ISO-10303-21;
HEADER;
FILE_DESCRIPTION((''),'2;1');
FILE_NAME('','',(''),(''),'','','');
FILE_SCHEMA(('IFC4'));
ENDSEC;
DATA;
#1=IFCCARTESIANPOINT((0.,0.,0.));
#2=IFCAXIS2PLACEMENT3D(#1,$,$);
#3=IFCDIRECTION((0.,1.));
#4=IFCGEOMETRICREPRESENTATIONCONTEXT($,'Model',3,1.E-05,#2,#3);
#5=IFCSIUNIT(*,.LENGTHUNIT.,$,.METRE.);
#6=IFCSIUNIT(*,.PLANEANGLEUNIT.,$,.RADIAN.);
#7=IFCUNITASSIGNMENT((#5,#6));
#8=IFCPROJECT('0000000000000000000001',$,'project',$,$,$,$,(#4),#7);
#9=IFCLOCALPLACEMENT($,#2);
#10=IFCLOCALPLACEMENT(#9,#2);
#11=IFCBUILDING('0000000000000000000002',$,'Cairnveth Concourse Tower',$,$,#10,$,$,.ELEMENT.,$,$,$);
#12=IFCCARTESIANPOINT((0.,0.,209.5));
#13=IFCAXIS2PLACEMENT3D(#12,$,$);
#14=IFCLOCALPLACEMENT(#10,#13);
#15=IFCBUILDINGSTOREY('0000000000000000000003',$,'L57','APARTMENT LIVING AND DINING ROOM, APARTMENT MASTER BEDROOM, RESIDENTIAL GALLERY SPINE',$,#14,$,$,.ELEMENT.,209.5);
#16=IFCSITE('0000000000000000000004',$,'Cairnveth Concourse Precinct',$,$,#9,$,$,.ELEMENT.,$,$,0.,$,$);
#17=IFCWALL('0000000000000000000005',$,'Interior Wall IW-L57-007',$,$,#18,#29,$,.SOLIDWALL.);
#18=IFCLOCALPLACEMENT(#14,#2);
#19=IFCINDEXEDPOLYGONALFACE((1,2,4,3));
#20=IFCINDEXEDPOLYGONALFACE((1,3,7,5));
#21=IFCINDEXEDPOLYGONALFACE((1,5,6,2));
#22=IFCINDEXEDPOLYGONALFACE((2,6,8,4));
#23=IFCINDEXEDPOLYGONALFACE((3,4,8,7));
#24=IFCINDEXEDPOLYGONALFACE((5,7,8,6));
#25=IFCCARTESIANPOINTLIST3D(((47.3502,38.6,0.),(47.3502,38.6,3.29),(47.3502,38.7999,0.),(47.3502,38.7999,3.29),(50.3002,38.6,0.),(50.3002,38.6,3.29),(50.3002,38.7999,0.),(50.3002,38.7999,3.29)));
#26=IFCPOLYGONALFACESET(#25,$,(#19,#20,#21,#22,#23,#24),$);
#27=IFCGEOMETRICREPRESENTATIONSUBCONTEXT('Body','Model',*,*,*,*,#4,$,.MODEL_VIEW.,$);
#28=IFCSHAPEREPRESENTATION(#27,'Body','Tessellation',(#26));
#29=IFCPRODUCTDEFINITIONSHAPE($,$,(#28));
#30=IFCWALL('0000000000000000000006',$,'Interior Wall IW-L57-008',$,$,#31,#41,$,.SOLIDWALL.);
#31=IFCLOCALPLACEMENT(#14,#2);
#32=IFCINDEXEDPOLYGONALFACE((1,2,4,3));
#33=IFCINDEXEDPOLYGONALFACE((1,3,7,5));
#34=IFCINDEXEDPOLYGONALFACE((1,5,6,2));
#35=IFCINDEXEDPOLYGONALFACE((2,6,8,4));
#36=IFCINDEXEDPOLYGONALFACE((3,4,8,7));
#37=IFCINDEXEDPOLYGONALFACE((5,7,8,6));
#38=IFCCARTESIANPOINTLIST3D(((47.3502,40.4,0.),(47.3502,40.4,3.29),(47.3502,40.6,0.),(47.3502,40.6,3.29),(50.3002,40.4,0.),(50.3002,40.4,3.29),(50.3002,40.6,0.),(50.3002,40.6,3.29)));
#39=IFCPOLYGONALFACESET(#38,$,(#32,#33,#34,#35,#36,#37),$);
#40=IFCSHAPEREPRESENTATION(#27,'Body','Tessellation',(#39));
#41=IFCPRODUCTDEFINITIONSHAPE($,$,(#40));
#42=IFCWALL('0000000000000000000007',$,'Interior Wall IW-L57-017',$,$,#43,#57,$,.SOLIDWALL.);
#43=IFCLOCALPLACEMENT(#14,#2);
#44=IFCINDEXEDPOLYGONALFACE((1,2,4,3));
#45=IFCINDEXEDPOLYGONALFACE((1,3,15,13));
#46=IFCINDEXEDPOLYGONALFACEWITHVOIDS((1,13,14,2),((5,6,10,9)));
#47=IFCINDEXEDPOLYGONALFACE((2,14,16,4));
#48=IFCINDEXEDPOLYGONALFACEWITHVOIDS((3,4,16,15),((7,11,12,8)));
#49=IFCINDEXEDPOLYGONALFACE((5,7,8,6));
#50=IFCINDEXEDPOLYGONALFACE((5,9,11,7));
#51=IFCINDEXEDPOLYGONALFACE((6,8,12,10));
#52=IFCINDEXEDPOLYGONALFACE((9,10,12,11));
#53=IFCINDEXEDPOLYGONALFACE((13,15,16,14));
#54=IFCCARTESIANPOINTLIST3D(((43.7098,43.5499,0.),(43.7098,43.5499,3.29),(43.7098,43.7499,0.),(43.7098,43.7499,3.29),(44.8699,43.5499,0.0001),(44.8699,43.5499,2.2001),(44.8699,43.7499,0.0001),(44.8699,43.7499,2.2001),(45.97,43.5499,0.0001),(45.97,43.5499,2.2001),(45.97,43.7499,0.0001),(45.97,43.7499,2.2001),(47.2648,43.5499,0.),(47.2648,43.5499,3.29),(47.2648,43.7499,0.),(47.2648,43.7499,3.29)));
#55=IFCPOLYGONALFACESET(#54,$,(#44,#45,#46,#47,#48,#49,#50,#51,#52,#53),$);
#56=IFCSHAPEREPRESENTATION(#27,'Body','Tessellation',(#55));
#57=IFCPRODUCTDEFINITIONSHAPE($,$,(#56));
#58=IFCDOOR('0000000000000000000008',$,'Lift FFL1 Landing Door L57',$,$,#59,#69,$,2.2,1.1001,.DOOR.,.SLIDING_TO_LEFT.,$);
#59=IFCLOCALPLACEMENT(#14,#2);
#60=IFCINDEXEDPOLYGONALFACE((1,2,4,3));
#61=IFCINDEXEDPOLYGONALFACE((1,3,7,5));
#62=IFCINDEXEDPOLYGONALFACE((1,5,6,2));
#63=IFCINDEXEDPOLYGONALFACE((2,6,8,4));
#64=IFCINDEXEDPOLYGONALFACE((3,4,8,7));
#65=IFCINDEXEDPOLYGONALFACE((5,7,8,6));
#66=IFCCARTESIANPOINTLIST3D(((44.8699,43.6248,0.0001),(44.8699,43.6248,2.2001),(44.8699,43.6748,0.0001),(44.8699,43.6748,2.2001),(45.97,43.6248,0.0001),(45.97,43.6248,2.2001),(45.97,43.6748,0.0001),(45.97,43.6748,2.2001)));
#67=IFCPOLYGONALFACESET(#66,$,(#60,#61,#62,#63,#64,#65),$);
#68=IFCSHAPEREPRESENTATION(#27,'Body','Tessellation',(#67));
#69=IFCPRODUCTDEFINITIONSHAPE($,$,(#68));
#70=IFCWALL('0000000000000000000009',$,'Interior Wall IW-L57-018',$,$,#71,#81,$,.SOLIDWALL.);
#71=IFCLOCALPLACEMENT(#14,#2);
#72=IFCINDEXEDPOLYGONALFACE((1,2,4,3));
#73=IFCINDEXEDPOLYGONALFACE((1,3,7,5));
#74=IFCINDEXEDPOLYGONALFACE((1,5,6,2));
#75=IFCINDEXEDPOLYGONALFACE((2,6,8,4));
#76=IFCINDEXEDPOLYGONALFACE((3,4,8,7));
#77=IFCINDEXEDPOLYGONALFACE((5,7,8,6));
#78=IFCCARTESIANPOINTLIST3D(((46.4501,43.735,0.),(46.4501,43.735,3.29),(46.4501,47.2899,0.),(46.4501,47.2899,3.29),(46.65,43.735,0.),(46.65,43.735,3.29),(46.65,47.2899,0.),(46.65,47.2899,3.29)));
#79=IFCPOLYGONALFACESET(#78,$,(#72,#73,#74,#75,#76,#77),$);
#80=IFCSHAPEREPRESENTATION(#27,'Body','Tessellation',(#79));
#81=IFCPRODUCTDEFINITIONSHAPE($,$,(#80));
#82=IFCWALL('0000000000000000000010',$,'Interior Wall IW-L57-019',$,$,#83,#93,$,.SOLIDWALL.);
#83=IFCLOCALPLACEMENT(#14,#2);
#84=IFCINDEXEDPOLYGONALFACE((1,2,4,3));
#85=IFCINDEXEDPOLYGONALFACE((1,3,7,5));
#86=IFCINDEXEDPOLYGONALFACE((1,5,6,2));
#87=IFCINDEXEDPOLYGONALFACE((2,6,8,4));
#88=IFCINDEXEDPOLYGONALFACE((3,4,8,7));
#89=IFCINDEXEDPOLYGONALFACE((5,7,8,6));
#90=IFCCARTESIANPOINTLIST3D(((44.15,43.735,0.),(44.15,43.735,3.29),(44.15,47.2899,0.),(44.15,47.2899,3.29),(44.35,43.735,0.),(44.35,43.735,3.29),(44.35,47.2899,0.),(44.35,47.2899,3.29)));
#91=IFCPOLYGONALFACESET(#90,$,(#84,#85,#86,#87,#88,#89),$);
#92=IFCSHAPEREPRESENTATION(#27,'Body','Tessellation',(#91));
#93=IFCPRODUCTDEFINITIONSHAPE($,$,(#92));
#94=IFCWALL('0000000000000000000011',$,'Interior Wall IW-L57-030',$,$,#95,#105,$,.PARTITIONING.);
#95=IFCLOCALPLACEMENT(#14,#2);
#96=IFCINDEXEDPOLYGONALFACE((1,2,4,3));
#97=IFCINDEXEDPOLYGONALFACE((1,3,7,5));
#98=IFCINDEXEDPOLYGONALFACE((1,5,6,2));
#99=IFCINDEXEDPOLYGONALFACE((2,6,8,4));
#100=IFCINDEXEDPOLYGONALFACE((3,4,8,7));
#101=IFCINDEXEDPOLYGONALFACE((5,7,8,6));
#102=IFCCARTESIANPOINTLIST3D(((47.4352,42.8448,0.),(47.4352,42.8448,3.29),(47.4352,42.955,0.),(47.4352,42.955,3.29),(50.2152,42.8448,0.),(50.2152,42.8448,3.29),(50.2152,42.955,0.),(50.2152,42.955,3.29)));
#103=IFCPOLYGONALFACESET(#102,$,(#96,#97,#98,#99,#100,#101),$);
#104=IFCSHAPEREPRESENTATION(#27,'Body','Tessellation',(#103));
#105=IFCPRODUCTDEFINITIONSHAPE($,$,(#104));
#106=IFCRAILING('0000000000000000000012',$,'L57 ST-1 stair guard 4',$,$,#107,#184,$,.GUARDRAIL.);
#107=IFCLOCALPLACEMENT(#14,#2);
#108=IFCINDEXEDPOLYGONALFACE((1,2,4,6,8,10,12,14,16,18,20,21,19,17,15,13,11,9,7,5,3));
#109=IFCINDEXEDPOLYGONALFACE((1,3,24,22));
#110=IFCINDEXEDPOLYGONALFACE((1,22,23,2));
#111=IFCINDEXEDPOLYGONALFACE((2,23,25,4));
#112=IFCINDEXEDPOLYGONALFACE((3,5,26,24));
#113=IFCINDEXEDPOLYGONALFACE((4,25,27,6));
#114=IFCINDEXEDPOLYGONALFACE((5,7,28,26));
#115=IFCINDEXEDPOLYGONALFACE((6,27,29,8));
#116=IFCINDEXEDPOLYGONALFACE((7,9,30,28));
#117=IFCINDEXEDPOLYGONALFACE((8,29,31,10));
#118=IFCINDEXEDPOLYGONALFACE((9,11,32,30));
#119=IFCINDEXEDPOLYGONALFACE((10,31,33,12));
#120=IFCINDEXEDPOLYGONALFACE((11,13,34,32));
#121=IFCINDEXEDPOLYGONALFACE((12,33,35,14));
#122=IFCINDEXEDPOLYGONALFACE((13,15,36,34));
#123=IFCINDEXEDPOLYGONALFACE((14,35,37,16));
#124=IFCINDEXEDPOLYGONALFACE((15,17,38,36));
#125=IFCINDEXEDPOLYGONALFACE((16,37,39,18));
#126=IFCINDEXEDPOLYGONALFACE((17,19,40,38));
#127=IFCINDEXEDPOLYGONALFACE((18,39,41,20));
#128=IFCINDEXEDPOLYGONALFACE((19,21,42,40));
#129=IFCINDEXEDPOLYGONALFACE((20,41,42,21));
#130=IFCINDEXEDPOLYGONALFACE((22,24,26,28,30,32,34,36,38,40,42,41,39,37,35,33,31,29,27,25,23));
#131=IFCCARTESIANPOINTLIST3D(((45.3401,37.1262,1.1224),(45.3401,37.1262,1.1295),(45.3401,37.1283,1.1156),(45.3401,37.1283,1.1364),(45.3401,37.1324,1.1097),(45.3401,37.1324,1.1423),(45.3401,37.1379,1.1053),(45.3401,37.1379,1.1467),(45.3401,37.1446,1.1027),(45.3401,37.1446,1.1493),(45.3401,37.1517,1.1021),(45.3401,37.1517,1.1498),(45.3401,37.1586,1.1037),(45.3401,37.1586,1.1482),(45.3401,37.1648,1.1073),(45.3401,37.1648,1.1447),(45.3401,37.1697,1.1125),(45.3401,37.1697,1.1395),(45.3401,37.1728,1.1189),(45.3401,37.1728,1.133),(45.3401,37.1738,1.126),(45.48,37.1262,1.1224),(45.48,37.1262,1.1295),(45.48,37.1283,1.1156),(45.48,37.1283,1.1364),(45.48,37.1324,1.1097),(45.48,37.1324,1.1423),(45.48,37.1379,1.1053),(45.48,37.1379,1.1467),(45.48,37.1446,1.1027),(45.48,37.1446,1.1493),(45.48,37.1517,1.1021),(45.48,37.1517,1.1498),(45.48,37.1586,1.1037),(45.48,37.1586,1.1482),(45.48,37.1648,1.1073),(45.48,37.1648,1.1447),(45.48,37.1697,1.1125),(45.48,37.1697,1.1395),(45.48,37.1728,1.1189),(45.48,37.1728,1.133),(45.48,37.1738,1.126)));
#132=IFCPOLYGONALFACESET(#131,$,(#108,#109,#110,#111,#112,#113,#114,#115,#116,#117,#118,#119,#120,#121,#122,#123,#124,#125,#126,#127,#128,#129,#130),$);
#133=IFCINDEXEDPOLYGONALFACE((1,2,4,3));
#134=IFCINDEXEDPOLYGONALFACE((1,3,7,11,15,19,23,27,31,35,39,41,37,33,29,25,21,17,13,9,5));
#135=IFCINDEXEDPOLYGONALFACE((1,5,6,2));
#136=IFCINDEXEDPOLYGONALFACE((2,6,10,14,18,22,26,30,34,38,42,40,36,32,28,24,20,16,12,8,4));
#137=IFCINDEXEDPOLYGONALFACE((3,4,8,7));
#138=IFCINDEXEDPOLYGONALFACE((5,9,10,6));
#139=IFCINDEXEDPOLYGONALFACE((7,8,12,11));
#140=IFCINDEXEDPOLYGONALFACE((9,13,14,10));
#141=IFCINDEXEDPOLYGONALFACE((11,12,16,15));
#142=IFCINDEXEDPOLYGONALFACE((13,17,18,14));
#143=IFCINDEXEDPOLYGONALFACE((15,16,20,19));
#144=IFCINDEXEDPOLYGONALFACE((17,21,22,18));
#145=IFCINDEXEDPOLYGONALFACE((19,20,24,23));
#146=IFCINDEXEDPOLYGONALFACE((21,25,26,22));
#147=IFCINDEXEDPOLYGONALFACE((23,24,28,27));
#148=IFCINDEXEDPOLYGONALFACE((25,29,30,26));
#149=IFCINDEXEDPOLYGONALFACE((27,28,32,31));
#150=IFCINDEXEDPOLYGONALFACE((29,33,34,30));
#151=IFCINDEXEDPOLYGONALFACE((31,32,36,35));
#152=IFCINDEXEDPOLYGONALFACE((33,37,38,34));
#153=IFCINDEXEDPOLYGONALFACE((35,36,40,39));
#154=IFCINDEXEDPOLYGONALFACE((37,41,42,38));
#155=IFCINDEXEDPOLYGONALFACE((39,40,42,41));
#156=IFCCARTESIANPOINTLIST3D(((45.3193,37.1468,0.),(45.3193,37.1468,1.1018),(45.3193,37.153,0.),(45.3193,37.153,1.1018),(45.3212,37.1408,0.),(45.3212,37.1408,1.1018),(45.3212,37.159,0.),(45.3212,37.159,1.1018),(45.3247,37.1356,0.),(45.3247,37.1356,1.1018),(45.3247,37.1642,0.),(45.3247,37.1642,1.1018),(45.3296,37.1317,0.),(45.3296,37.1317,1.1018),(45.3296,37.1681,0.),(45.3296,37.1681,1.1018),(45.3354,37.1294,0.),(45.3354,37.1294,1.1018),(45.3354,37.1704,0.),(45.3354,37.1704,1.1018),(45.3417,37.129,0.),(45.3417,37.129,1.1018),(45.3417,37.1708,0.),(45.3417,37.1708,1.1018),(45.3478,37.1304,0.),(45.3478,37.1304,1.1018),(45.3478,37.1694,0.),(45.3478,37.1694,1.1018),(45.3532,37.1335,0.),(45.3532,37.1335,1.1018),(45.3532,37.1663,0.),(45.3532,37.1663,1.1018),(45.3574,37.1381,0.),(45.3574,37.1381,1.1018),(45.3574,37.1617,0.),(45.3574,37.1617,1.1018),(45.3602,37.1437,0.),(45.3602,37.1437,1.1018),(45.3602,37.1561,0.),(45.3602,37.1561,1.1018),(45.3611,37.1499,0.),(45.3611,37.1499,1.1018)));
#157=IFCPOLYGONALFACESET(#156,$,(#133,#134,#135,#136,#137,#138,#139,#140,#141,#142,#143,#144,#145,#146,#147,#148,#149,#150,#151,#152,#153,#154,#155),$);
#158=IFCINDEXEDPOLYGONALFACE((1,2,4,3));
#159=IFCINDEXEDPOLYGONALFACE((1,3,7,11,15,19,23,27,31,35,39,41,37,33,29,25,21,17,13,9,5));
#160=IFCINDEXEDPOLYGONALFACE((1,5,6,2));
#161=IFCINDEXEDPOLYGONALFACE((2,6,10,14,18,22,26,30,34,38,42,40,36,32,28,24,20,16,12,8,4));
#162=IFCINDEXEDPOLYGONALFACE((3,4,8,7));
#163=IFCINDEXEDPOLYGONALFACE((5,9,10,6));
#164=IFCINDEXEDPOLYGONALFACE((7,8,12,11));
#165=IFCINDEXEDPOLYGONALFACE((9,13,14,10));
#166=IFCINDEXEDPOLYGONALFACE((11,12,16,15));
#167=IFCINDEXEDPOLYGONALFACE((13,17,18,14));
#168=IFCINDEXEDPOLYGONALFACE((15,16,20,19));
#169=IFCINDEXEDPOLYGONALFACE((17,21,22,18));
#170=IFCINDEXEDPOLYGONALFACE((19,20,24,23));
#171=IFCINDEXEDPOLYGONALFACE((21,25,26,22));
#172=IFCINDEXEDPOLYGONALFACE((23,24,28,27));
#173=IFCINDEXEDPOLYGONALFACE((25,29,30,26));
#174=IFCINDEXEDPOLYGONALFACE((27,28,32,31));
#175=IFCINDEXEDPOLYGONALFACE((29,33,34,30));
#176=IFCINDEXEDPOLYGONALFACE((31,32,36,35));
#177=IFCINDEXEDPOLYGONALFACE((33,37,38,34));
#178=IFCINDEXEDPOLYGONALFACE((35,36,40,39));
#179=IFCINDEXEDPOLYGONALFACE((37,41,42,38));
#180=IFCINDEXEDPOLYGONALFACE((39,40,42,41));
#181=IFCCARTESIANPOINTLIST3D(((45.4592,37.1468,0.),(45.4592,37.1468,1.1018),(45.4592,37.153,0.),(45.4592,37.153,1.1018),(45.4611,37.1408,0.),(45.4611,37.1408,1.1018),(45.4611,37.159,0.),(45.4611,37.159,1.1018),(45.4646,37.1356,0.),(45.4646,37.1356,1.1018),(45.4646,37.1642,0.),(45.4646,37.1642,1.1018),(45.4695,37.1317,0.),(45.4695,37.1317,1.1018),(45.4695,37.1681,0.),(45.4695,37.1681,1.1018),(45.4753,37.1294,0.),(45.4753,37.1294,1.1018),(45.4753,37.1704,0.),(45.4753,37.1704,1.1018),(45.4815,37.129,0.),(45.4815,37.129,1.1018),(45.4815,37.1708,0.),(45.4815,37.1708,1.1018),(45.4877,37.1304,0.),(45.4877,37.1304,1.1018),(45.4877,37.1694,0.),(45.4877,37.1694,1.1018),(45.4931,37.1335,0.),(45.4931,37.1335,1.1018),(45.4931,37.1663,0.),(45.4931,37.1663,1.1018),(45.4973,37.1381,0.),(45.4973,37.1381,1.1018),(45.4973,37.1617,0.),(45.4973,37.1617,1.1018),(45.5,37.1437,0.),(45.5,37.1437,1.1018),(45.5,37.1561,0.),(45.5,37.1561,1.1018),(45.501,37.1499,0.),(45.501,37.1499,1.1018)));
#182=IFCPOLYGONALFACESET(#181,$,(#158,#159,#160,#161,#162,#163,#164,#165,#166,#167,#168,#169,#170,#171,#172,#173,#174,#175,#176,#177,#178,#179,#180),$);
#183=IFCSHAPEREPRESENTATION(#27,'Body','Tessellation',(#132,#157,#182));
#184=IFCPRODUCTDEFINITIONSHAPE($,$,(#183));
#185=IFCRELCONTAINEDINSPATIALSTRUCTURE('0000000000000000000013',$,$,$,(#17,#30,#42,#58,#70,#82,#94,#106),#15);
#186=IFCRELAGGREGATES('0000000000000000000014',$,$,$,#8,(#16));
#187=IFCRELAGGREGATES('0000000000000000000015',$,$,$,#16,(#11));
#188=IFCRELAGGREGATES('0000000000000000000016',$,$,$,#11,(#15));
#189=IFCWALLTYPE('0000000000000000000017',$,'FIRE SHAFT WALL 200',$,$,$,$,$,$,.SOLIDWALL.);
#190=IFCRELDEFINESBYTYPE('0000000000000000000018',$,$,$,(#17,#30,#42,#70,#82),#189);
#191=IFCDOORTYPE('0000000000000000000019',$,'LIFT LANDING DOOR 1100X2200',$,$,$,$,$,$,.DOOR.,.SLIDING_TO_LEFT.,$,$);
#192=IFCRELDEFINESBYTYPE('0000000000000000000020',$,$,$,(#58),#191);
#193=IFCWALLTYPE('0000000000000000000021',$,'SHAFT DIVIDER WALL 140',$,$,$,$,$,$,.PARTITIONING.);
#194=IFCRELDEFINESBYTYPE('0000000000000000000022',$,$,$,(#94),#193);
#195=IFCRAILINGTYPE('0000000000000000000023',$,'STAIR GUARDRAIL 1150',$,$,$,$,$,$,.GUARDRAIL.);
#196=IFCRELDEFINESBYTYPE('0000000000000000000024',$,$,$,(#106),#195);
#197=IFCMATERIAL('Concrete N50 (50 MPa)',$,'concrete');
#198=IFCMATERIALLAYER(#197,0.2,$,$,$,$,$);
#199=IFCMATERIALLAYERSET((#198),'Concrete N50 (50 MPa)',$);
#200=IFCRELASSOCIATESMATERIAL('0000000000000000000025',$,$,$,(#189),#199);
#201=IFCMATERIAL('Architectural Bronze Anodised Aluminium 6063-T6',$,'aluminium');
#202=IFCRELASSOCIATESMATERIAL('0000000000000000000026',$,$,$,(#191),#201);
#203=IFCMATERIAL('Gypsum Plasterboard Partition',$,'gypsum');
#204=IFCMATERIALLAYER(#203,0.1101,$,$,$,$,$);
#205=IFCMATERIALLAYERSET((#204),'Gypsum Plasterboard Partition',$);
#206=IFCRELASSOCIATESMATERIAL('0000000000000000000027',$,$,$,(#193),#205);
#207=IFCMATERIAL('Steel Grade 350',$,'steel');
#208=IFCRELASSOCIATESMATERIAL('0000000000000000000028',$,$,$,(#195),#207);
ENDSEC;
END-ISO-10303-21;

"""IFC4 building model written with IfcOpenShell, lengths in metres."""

from ifc_helpers import new_model, si_unit, direction, frame, frame_2d, origin, origin_2d, place, context, subcontext, project, spatial, rectangle, circle, extrude, material, layer, layer_set, type_object, element, fill, save


model = new_model("IFC4")

# Units and contexts
model_context = context("Model", 3, precision=1e-05, world=origin(), true_north=direction((0.0, 1.0)))
body_context = subcontext(model_context, "Body", "Model", "MODEL_VIEW")
ifc_project = project(units=[si_unit("LENGTHUNIT", "METRE"), si_unit("PLANEANGLEUNIT", "RADIAN")], contexts=[model_context])

# Site, building, storey
site_placement = place(None, origin())
site = spatial("IfcSite", under=ifc_project, at=site_placement, Name="Cairnveth Concourse Precinct", CompositionType="ELEMENT", RefElevation=0.0)
building_placement = place(site_placement, origin())
building = spatial("IfcBuilding", under=site, at=building_placement, Name="Cairnveth Concourse Tower", CompositionType="ELEMENT")
storey_placement = place(building_placement, frame((0.0, 0.0, 209.5)))
storey = spatial("IfcBuildingStorey", under=building, at=storey_placement, Name="L57", Description="APARTMENT LIVING AND DINING ROOM, APARTMENT MASTER BEDROOM, RESIDENTIAL GALLERY SPINE", CompositionType="ELEMENT", Elevation=209.5)

# Shared definitions
ifc_material_1 = material(Name="Steel Grade 350", Category="steel")

# Shared definitions
ifc_material_2 = material(Name="Concrete N50 (50 MPa)", Category="concrete")

# Walls
ifc_layer_1 = layer(ifc_material_2, 0.2)
ifc_layer_set_1 = layer_set([ifc_layer_1], Name="Concrete N50 (50 MPa)")
wall_type_1 = type_object("IfcWallType", Name="FIRE SHAFT WALL 200", PredefinedType="SOLIDWALL", material=ifc_layer_set_1)
for number, where, z_axis, x_axis, name in (
    (1, (47.3501, 38.7, 0.0), (0.0, 0.0, 1.0), (1.0, 0.0, 0.0), "Interior Wall IW-L57-007"),
    (2, (47.3501, 40.5, 0.0), (0.0, 0.0, 1.0), (1.0, 0.0, 0.0), "Interior Wall IW-L57-008"),
):
    element("IfcWall", number, at=place(storey_placement, frame(where, z_axis=z_axis, x_axis=x_axis)), inside=storey, type_object=wall_type_1, Name=name, PredefinedType="SOLIDWALL", context=body_context, shape_type="SweptSolid", body=[
        extrude(rectangle(XDim=2.95, YDim=0.2, at=frame_2d((1.4751, 0.0))), origin(), (0.0, 0.0, 1.0), 3.29),
    ])

# Wall, opening, door
wall_1_placement = place(storey_placement, frame((43.71, 43.6499, 0.0), z_axis=(0.0, 0.0, 1.0), x_axis=(1.0, 0.0, 0.0)))
wall_1 = element("IfcWall", 3, at=wall_1_placement, inside=storey, type_object=wall_type_1, Name="Interior Wall IW-L57-017", PredefinedType="SOLIDWALL", context=body_context, shape_type="SweptSolid", body=[
    extrude(rectangle(XDim=3.5549, YDim=0.2, at=frame_2d((1.7773, 0.0))), origin(), (0.0, 0.0, 1.0), 3.29),
])
opening_1_placement = place(wall_1_placement, frame((1.1599, 0.0, 0.0)))
opening_1 = element("IfcOpeningElement", 4, at=opening_1_placement, cuts=wall_1, PredefinedType="OPENING", context=body_context, shape_type="SweptSolid", body=[
    extrude(rectangle(XDim=1.1001, YDim=2.2, at=frame_2d((0.55, 1.1001))), frame((0.0, 0.1099, 0.0), z_axis=(0.0, -1.0, 0.0), x_axis=(1.0, 0.0, 0.0)), (0.0, 0.0, 1.0), 0.22),
])
ifc_material_3 = material(Name="Architectural Bronze Anodised Aluminium 6063-T6", Category="aluminium")
door_type_1 = type_object("IfcDoorType", Name="LIFT LANDING DOOR 1100X2200", OperationType="SLIDING_TO_LEFT", PredefinedType="DOOR", material=ifc_material_3)
door_1_placement = place(opening_1_placement, origin())
door_1 = element("IfcDoor", 5, at=door_1_placement, inside=storey, type_object=door_type_1, Name="Lift FFL1 Landing Door L57", OperationType="SLIDING_TO_LEFT", OverallHeight=2.2, OverallWidth=1.1001, PredefinedType="DOOR", context=body_context, shape_type="SweptSolid", body=[
    extrude(rectangle(XDim=1.1001, YDim=2.2, at=frame_2d((0.55, 1.1001))), frame((0.0, 0.0249, 0.0), z_axis=(0.0, -1.0, 0.0), x_axis=(1.0, 0.0, 0.0)), (0.0, 0.0, 1.0), 0.05),
])
fill(opening_1, door_1)

# Walls
for number, where, z_axis, x_axis, name in (
    (6, (46.55, 43.7351, 0.0), (0.0, 0.0, 1.0), (0.0, 1.0, 0.0), "Interior Wall IW-L57-018"),
    (7, (44.25, 43.7351, 0.0), (0.0, 0.0, 1.0), (0.0, 1.0, 0.0), "Interior Wall IW-L57-019"),
):
    element("IfcWall", number, at=place(storey_placement, frame(where, z_axis=z_axis, x_axis=x_axis)), inside=storey, type_object=wall_type_1, Name=name, PredefinedType="SOLIDWALL", context=body_context, shape_type="SweptSolid", body=[
        extrude(rectangle(XDim=3.5549, YDim=0.2, at=frame_2d((1.7773, 0.0))), origin(), (0.0, 0.0, 1.0), 3.29),
    ])
ifc_material_4 = material(Name="Gypsum Plasterboard Partition", Category="gypsum")
ifc_layer_2 = layer(ifc_material_4, 0.1101)
ifc_layer_set_2 = layer_set([ifc_layer_2], Name="Gypsum Plasterboard Partition")
wall_type_2 = type_object("IfcWallType", Name="SHAFT DIVIDER WALL 140", PredefinedType="PARTITIONING", material=ifc_layer_set_2)
wall_2_placement = place(storey_placement, frame((47.4351, 42.8999, 0.0), z_axis=(0.0, 0.0, 1.0), x_axis=(1.0, 0.0, 0.0)))
element("IfcWall", 8, at=wall_2_placement, inside=storey, type_object=wall_type_2, Name="Interior Wall IW-L57-030", PredefinedType="PARTITIONING", context=body_context, shape_type="SweptSolid", body=[
    extrude(rectangle(XDim=2.78, YDim=0.1101, at=frame_2d((1.3901, 0.0))), origin(), (0.0, 0.0, 1.0), 3.29),
])

# Railing
railing_type = type_object("IfcRailingType", Name="STAIR GUARDRAIL 1150", PredefinedType="GUARDRAIL", material=ifc_material_1)
railing_placement = place(storey_placement, frame((45.3401, 37.1499, 0.0)))
element("IfcRailing", 9, at=railing_placement, inside=storey, type_object=railing_type, Name="L57 ST-1 stair guard 4", PredefinedType="GUARDRAIL", context=body_context, shape_type="SweptSolid", body=[
    extrude(circle(Radius=0.0239, at=origin_2d()), frame((0.0, 0.0, 1.126), z_axis=(1.0, 0.0, 0.0), x_axis=(0.0, 1.0, 0.0)), (0.0, 0.0, 1.0), 0.1399),
    extrude(circle(Radius=0.021, at=origin_2d()), origin(), (0.0, 0.0, 1.0), 1.1018),
    extrude(circle(Radius=0.021, at=origin_2d()), frame((0.1399, 0.0, 0.0)), (0.0, 0.0, 1.0), 1.1018),
])

save(model, "model.ifc")
